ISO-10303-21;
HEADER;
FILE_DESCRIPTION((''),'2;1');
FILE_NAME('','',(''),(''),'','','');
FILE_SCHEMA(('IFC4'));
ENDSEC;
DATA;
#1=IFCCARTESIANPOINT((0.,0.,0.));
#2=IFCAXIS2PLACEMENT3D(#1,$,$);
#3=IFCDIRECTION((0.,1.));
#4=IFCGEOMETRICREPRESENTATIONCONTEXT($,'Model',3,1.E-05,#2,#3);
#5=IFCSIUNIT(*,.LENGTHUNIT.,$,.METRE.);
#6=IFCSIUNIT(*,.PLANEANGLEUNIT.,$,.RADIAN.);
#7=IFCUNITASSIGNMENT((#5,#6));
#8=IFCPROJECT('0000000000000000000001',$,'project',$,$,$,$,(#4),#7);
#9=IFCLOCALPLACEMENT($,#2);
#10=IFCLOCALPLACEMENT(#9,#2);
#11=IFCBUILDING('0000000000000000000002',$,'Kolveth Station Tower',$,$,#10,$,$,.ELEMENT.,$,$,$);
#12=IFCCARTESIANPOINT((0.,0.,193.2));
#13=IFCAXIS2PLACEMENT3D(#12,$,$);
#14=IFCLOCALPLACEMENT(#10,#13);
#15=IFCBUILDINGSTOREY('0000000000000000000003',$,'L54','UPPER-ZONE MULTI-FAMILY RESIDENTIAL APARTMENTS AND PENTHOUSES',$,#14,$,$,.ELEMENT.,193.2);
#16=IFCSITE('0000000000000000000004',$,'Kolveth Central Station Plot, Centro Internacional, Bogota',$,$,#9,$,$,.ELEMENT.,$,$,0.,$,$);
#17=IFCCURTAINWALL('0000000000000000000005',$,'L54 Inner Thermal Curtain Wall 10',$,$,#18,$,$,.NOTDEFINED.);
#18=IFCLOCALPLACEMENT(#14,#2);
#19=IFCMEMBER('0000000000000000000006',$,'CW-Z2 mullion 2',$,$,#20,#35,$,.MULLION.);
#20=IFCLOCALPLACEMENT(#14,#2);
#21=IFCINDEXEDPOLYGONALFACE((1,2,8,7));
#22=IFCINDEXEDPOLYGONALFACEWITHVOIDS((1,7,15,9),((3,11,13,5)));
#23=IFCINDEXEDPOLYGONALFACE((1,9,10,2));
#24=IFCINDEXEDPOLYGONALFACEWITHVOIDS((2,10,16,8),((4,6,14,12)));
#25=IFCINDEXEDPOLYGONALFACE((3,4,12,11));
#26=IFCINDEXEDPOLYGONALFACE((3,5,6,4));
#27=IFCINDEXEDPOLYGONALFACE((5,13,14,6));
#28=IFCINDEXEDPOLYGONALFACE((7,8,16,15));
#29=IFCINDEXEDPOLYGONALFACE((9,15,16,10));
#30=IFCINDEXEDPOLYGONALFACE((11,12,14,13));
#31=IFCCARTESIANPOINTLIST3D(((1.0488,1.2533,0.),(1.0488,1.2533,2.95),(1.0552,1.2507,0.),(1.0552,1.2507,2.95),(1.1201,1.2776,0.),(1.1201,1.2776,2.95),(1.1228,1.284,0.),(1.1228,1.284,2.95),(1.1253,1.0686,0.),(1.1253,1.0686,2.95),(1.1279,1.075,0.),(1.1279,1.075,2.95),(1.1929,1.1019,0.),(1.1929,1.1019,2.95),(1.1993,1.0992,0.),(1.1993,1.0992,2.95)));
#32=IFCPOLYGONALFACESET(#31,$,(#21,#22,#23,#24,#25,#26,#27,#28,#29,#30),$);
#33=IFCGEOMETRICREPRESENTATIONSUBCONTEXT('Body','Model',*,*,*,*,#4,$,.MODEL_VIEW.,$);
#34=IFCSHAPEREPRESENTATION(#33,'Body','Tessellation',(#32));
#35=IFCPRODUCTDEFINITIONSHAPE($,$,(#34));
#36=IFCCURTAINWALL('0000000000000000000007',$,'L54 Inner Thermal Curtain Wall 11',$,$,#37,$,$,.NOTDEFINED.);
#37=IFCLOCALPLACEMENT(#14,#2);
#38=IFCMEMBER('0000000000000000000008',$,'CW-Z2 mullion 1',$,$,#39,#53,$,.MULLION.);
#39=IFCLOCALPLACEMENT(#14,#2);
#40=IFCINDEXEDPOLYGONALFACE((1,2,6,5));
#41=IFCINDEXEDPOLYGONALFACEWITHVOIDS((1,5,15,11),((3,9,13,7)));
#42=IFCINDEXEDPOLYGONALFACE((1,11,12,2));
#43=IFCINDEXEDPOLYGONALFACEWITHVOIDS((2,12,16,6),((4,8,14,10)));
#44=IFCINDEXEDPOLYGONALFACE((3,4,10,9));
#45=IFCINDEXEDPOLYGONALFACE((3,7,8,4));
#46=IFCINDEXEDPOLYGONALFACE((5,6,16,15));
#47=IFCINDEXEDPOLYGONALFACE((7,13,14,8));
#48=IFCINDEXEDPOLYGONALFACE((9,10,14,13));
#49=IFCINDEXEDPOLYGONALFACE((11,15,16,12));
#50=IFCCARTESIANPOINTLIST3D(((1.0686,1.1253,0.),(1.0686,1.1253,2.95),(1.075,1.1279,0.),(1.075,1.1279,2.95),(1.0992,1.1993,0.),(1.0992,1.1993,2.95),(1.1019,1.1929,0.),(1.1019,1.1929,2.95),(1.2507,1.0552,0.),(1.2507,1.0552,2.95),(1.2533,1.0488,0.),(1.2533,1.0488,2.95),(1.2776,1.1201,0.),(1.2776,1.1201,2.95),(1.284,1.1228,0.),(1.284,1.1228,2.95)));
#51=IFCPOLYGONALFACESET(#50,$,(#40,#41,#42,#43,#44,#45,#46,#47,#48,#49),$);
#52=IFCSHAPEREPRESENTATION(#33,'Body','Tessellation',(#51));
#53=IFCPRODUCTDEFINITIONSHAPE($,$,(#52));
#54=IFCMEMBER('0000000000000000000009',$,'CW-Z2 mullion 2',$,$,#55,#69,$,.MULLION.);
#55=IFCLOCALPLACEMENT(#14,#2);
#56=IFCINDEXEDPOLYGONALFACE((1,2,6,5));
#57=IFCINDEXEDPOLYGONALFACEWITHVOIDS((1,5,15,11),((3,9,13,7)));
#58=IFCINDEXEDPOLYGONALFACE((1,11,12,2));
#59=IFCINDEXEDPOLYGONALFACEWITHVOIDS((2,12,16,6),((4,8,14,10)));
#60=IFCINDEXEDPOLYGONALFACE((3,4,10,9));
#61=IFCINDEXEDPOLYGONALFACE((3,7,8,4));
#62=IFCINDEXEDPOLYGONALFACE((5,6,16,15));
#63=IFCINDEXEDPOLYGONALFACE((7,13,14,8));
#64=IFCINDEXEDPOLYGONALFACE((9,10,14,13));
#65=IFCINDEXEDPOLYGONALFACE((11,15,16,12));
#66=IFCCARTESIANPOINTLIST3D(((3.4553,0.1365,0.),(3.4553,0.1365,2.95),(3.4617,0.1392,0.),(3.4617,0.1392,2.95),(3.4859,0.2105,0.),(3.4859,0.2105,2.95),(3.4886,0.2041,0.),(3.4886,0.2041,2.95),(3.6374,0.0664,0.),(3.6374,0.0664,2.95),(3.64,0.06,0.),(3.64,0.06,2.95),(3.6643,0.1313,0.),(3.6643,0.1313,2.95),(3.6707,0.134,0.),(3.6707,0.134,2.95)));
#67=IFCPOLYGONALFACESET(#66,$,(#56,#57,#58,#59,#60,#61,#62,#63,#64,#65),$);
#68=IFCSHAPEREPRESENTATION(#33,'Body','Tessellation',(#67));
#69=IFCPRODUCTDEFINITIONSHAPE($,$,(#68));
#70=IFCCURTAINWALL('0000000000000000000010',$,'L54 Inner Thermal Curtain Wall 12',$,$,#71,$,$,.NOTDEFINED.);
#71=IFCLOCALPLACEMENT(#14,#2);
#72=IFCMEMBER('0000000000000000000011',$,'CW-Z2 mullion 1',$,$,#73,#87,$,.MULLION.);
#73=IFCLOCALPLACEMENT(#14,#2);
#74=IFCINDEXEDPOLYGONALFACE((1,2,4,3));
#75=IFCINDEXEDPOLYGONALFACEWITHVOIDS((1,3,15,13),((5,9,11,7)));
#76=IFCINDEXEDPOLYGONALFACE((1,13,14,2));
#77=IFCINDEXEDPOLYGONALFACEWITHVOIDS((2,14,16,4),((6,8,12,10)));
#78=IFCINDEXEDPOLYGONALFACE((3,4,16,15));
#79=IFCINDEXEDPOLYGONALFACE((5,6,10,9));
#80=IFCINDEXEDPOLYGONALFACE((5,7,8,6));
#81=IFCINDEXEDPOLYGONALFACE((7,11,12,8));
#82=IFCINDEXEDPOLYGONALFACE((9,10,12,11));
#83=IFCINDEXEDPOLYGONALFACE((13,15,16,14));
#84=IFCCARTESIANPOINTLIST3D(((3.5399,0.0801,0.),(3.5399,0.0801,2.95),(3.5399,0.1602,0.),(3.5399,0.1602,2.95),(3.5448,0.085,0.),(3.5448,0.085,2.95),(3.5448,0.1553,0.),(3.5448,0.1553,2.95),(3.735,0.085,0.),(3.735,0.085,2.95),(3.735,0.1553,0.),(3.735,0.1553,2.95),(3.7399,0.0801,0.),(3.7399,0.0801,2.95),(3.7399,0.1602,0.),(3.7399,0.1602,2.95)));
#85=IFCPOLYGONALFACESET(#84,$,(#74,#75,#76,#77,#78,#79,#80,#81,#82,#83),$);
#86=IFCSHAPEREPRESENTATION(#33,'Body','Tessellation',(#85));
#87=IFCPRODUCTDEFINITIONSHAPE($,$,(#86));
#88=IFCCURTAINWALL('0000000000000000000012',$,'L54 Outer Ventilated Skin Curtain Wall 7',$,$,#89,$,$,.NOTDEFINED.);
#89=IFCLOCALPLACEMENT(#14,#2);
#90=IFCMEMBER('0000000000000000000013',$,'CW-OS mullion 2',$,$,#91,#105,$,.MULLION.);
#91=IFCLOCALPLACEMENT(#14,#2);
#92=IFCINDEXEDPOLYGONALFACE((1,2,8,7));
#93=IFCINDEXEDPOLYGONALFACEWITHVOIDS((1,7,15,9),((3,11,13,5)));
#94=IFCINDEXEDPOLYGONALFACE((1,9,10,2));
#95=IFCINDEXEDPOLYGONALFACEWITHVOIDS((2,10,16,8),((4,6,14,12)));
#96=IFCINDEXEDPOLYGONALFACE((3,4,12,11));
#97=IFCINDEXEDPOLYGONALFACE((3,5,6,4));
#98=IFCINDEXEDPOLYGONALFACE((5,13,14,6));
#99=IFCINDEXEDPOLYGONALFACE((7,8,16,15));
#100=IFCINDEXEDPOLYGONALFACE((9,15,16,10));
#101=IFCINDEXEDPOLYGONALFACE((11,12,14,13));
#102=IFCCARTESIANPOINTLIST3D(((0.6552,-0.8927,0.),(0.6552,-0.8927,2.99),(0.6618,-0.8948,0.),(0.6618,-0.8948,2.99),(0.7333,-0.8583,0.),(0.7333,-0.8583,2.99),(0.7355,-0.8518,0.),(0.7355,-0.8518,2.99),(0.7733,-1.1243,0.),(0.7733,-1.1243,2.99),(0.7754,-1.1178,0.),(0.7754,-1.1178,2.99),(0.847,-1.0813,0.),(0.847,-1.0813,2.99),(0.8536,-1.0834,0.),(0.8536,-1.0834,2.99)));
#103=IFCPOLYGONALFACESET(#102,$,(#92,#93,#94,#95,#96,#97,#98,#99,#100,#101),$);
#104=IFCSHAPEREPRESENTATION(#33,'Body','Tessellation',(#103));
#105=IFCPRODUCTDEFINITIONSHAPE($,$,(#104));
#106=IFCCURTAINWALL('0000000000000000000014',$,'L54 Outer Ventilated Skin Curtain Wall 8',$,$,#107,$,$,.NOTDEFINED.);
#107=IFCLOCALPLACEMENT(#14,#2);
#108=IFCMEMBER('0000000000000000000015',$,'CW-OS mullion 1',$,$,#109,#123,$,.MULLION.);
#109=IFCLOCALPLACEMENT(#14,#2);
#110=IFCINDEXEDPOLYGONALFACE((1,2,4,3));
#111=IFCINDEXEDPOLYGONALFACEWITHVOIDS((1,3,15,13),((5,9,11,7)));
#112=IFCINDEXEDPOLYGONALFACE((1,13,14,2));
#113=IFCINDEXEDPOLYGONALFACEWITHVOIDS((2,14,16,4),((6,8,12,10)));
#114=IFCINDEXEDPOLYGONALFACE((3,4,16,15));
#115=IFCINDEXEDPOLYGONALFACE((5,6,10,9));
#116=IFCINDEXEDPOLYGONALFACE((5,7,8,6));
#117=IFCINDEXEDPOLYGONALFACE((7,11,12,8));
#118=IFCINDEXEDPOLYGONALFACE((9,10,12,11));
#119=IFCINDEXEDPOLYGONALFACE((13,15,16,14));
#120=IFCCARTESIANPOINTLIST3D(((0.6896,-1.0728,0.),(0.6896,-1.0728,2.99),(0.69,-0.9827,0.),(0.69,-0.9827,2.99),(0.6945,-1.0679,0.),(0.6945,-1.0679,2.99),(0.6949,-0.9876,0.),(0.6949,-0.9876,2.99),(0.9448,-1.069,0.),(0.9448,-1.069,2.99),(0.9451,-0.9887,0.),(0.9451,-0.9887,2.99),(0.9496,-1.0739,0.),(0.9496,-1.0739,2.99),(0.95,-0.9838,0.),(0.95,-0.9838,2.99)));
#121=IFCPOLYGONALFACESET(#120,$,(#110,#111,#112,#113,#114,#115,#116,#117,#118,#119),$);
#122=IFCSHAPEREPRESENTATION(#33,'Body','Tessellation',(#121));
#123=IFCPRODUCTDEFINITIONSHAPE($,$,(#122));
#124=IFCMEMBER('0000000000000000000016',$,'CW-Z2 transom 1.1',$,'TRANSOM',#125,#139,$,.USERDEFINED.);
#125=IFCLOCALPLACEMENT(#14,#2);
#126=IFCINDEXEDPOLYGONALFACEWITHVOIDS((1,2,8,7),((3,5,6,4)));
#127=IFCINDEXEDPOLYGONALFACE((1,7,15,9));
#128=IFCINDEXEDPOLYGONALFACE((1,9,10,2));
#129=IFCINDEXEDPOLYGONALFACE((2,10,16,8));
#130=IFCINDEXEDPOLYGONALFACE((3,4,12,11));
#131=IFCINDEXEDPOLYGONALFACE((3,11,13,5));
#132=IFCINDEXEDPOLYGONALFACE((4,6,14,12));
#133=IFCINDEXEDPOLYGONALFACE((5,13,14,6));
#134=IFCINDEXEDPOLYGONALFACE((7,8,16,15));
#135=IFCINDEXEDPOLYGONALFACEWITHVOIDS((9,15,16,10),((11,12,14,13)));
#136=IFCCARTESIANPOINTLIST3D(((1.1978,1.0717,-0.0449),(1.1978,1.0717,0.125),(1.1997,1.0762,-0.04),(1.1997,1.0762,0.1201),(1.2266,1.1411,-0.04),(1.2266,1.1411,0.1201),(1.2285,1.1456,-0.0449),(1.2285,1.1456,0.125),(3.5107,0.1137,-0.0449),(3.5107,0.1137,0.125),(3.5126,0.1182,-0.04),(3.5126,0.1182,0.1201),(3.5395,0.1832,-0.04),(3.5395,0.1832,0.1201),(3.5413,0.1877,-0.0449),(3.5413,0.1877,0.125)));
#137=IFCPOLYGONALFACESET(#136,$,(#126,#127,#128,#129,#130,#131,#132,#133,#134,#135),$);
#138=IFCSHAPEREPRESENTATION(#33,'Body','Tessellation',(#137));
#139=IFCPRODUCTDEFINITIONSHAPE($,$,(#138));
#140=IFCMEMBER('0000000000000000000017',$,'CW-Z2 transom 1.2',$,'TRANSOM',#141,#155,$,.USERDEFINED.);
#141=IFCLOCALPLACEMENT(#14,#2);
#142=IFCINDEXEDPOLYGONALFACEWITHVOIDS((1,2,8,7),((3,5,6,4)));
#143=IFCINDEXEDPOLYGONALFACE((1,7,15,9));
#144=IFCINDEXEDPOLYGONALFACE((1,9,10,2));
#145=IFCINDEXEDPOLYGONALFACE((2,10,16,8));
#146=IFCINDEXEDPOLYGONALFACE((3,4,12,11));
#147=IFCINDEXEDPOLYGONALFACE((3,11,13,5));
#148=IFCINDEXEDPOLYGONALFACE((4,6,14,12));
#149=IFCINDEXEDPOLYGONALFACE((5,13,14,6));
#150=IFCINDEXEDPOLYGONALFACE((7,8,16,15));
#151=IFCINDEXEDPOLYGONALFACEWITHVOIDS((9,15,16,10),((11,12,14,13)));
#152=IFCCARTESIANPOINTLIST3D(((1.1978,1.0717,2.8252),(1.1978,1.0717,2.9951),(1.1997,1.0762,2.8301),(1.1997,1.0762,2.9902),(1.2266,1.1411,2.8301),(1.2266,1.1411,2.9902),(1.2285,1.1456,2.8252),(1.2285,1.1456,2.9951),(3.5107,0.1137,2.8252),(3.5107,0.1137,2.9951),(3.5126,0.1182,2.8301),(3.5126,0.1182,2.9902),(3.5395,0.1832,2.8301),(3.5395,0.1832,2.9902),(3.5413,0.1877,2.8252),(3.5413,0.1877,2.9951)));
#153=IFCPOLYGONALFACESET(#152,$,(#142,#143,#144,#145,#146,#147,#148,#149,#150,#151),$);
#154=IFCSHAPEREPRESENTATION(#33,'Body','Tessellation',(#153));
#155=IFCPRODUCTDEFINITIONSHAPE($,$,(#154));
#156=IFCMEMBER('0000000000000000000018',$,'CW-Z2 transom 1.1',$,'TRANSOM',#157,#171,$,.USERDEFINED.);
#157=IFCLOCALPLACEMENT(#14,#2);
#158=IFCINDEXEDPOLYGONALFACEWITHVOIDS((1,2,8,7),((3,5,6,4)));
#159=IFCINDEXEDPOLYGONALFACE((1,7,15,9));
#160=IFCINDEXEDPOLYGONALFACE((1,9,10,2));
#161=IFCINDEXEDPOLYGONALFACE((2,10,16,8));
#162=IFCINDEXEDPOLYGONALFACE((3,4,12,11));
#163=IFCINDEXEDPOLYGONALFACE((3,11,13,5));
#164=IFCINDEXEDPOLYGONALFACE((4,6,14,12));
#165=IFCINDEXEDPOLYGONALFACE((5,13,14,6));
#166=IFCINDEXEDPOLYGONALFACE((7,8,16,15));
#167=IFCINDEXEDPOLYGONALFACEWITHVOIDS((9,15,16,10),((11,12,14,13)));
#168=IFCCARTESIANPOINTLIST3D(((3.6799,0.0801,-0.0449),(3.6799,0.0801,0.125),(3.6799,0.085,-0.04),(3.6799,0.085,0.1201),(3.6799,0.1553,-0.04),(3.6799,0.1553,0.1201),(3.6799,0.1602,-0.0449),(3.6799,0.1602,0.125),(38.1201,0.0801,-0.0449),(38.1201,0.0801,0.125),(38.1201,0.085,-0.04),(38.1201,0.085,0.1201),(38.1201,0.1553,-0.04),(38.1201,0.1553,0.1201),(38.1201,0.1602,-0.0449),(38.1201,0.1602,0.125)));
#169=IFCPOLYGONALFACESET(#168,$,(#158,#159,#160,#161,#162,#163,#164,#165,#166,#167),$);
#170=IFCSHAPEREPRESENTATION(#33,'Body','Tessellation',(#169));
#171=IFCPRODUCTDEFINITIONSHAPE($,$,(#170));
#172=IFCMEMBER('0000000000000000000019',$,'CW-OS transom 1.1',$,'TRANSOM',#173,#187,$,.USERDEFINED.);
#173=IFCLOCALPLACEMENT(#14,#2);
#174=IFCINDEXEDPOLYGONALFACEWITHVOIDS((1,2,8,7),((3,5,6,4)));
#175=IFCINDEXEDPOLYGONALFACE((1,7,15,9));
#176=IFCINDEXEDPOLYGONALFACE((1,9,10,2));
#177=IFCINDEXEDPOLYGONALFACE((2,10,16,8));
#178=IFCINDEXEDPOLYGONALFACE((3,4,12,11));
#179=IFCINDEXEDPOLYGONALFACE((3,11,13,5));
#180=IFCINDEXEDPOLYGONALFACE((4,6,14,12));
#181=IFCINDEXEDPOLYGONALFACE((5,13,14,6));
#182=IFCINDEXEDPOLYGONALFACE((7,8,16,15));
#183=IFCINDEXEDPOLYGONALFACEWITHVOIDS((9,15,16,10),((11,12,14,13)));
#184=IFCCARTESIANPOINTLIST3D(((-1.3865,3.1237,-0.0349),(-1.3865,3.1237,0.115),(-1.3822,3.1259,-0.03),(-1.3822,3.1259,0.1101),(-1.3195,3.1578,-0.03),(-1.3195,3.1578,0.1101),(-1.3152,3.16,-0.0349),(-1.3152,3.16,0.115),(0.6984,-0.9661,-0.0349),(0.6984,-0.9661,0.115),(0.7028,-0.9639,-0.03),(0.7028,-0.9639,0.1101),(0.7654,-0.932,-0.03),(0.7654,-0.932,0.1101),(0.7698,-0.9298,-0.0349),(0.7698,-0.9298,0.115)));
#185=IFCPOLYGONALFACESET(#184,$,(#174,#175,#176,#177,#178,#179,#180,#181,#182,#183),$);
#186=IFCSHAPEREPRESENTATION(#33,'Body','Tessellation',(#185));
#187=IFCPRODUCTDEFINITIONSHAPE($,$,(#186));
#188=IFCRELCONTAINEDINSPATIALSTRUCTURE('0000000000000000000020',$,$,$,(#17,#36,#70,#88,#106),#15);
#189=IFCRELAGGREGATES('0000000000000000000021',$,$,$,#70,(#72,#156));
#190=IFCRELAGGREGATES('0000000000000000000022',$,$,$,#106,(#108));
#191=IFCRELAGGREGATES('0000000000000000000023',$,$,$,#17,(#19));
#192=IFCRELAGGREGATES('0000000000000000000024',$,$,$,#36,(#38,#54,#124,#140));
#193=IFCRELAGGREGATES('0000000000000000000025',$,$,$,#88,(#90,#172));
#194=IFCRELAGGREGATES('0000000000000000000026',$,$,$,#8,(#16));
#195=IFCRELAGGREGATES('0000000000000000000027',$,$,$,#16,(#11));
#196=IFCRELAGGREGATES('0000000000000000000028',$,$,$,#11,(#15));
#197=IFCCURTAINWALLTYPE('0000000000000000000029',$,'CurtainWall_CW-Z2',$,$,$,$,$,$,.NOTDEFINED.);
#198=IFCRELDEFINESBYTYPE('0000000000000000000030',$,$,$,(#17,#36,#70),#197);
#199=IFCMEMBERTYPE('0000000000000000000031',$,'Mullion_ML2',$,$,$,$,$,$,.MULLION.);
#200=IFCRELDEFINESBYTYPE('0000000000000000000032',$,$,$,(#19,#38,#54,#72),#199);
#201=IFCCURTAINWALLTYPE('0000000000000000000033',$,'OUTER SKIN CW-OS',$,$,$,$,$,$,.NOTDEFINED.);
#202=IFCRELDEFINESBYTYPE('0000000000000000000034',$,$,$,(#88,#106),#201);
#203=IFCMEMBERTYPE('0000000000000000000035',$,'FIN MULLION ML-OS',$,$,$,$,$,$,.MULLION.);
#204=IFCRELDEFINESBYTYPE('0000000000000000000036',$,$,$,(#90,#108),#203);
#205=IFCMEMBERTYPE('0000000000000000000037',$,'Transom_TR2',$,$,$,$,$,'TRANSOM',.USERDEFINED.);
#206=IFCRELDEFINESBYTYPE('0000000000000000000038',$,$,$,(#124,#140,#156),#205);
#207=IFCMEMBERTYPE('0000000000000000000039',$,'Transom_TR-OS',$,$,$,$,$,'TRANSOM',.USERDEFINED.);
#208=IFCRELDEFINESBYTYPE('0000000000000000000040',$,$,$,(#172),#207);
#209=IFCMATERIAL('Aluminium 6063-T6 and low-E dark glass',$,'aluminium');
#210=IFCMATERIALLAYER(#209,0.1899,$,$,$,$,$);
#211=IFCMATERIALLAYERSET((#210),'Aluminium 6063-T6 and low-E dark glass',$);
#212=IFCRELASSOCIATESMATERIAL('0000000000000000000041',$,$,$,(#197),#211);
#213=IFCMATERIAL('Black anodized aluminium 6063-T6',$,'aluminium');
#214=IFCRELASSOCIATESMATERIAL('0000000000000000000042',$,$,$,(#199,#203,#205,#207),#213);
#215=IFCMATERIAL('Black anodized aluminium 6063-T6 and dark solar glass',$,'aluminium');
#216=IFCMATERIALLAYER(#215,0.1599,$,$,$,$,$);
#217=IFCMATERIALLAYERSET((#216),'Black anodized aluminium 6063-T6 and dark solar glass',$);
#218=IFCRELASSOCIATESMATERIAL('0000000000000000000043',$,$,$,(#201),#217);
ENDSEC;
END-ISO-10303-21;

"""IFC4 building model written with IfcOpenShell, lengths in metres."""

from ifc_helpers import new_model, si_unit, direction, frame, origin, origin_2d, place, context, subcontext, project, spatial, hollow_rectangle, extrude, source, transform, mapped, material, layer, layer_set, material_profile, profile_set, type_object, element, aggregate, save


model = new_model("IFC4")

# Units and contexts
model_context = context("Model", 3, precision=1e-05, world=origin(), true_north=direction((0.0, 1.0)))
body_context = subcontext(model_context, "Body", "Model", "MODEL_VIEW")
ifc_project = project(units=[si_unit("LENGTHUNIT", "METRE"), si_unit("PLANEANGLEUNIT", "RADIAN")], contexts=[model_context])

# Site, building, storey
site_placement = place(None, origin())
site = spatial("IfcSite", under=ifc_project, at=site_placement, Name="Kolveth Central Station Plot, Centro Internacional, Bogota", CompositionType="ELEMENT", RefElevation=0.0)
building_placement = place(site_placement, origin())
building = spatial("IfcBuilding", under=site, at=building_placement, Name="Kolveth Station Tower", CompositionType="ELEMENT")
storey_placement = place(building_placement, frame((0.0, 0.0, 193.2)))
storey = spatial("IfcBuildingStorey", under=building, at=storey_placement, Name="L54", Description="UPPER-ZONE MULTI-FAMILY RESIDENTIAL APARTMENTS AND PENTHOUSES", CompositionType="ELEMENT", Elevation=193.2)

# Curtain wall, member
ifc_material_1 = material(Name="Aluminium 6063-T6 and low-E dark glass", Category="aluminium")
ifc_layer_1 = layer(ifc_material_1, 0.1899)
ifc_layer_set_1 = layer_set([ifc_layer_1], Name="Aluminium 6063-T6 and low-E dark glass")
curtain_wall_type_1 = type_object("IfcCurtainWallType", Name="CurtainWall_CW-Z2", PredefinedType="NOTDEFINED", material=ifc_layer_set_1)
curtain_wall_1_placement = place(storey_placement, origin())
curtain_wall_1 = element("IfcCurtainWall", 1, at=curtain_wall_1_placement, inside=storey, type_object=curtain_wall_type_1, Name="L54 Inner Thermal Curtain Wall 10", PredefinedType="NOTDEFINED")
ifc_material_2 = material(Name="Black anodized aluminium 6063-T6", Category="aluminium")
ifc_material_profile_1 = material_profile(ifc_material_2, hollow_rectangle(XDim=0.0801, YDim=0.2, WallThickness=0.0049, at=origin_2d()), Name="ALU-80x200x5")
ifc_profile_set_1 = profile_set([ifc_material_profile_1], Name="Black anodized aluminium 6063-T6")
member_type_1 = type_object("IfcMemberType", Name="Mullion_ML2", PredefinedType="MULLION", material=ifc_profile_set_1)
shared_shape_1 = source(origin(), body_context, "Body", "SweptSolid", [
    extrude(hollow_rectangle(XDim=0.0801, YDim=0.2, WallThickness=0.0049, at=origin_2d()), origin(), (0.0, 0.0, 1.0), 2.95),
])
member_1_placement = place(storey_placement, frame((1.124, 1.1763, 0.0), z_axis=(0.0, 0.0, 1.0), x_axis=(0.923874, 0.382698, 0.0)))
member_1 = element("IfcMember", 2, at=member_1_placement, type_object=member_type_1, Name="CW-Z2 mullion 2", PredefinedType="MULLION", context=body_context, shape_type="MappedRepresentation", body=[
    mapped(shared_shape_1, transform((0.0, 0.0, 0.0), x_axis=(1.0, 0.0, 0.0), y_axis=(0.0, 1.0, 0.0), z_axis=(0.0, 0.0, 1.0), scale=1.0)),
])

# Curtain wall, members
curtain_wall_2_placement = place(storey_placement, origin())
curtain_wall_2 = element("IfcCurtainWall", 3, at=curtain_wall_2_placement, inside=storey, type_object=curtain_wall_type_1, Name="L54 Inner Thermal Curtain Wall 11", PredefinedType="NOTDEFINED")
member_2_placement = place(storey_placement, frame((1.1763, 1.124, 0.0), z_axis=(0.0, 0.0, 1.0), x_axis=(0.382698, 0.923874, 0.0)))
member_2 = element("IfcMember", 4, at=member_2_placement, type_object=member_type_1, Name="CW-Z2 mullion 1", PredefinedType="MULLION", context=body_context, shape_type="MappedRepresentation", body=[
    mapped(shared_shape_1, transform((0.0, 0.0, 0.0), x_axis=(1.0, 0.0, 0.0), y_axis=(0.0, 1.0, 0.0), z_axis=(0.0, 0.0, 1.0), scale=1.0)),
])
member_3_placement = place(storey_placement, frame((3.563, 0.1353, 0.0), z_axis=(0.0, 0.0, 1.0), x_axis=(0.382698, 0.923874, 0.0)))
member_3 = element("IfcMember", 5, at=member_3_placement, type_object=member_type_1, Name="CW-Z2 mullion 2", PredefinedType="MULLION", context=body_context, shape_type="MappedRepresentation", body=[
    mapped(shared_shape_1, transform((0.0, 0.0, 0.0), x_axis=(1.0, 0.0, 0.0), y_axis=(0.0, 1.0, 0.0), z_axis=(0.0, 0.0, 1.0), scale=1.0)),
])

# Curtain walls, members
curtain_wall_3_placement = place(storey_placement, origin())
curtain_wall_3 = element("IfcCurtainWall", 6, at=curtain_wall_3_placement, inside=storey, type_object=curtain_wall_type_1, Name="L54 Inner Thermal Curtain Wall 12", PredefinedType="NOTDEFINED")
member_4_placement = place(storey_placement, frame((3.6399, 0.1201, 0.0), z_axis=(0.0, 0.0, 1.0), x_axis=(0.0, 1.0, 0.0)))
member_4 = element("IfcMember", 7, at=member_4_placement, type_object=member_type_1, Name="CW-Z2 mullion 1", PredefinedType="MULLION", context=body_context, shape_type="MappedRepresentation", body=[
    mapped(shared_shape_1, transform((0.0, 0.0, 0.0), x_axis=(1.0, 0.0, 0.0), y_axis=(0.0, 1.0, 0.0), z_axis=(0.0, 0.0, 1.0), scale=1.0)),
])
ifc_material_3 = material(Name="Black anodized aluminium 6063-T6 and dark solar glass", Category="aluminium")
ifc_layer_2 = layer(ifc_material_3, 0.1599)
ifc_layer_set_2 = layer_set([ifc_layer_2], Name="Black anodized aluminium 6063-T6 and dark solar glass")
curtain_wall_type_2 = type_object("IfcCurtainWallType", Name="OUTER SKIN CW-OS", PredefinedType="NOTDEFINED", material=ifc_layer_set_2)
curtain_wall_4_placement = place(storey_placement, origin())
curtain_wall_4 = element("IfcCurtainWall", 8, at=curtain_wall_4_placement, inside=storey, type_object=curtain_wall_type_2, Name="L54 Outer Ventilated Skin Curtain Wall 7", PredefinedType="NOTDEFINED")
ifc_material_profile_2 = material_profile(ifc_material_2, hollow_rectangle(XDim=0.0901, YDim=0.26, WallThickness=0.0049, at=origin_2d()), Name="ALU-90x260x5")
ifc_profile_set_2 = profile_set([ifc_material_profile_2], Name="Black anodized aluminium 6063-T6")
member_type_2 = type_object("IfcMemberType", Name="FIN MULLION ML-OS", PredefinedType="MULLION", material=ifc_profile_set_2)
shared_shape_2 = source(origin(), body_context, "Body", "SweptSolid", [
    extrude(hollow_rectangle(XDim=0.0901, YDim=0.26, WallThickness=0.0049, at=origin_2d()), origin(), (0.0, 0.0, 1.0), 2.99),
])
member_5_placement = place(storey_placement, frame((0.7544, -0.988, 0.0), z_axis=(0.0, 0.0, 1.0), x_axis=(0.89092, 0.454159, 0.0)))
member_5 = element("IfcMember", 9, at=member_5_placement, type_object=member_type_2, Name="CW-OS mullion 2", PredefinedType="MULLION", context=body_context, shape_type="MappedRepresentation", body=[
    mapped(shared_shape_2, transform((0.0, 0.0, 0.0), x_axis=(1.0, 0.0, 0.0), y_axis=(0.0, 1.0, 0.0), z_axis=(0.0, 0.0, 1.0), scale=1.0)),
])
curtain_wall_5_placement = place(storey_placement, origin())
curtain_wall_5 = element("IfcCurtainWall", 10, at=curtain_wall_5_placement, inside=storey, type_object=curtain_wall_type_2, Name="L54 Outer Ventilated Skin Curtain Wall 8", PredefinedType="NOTDEFINED")
member_6_placement = place(storey_placement, frame((0.8198, -1.0283, 0.0), z_axis=(0.0, 0.0, 1.0), x_axis=(0.004304, 0.999991, 0.0)))
member_6 = element("IfcMember", 11, at=member_6_placement, type_object=member_type_2, Name="CW-OS mullion 1", PredefinedType="MULLION", context=body_context, shape_type="MappedRepresentation", body=[
    mapped(shared_shape_2, transform((0.0, 0.0, 0.0), x_axis=(1.0, 0.0, 0.0), y_axis=(0.0, 1.0, 0.0), z_axis=(0.0, 0.0, 1.0), scale=1.0)),
])

# Members
ifc_material_profile_3 = material_profile(ifc_material_2, hollow_rectangle(XDim=0.0801, YDim=0.1699, WallThickness=0.0049, at=origin_2d()), Name="ALU-80x170x5")
ifc_profile_set_3 = profile_set([ifc_material_profile_3], Name="Black anodized aluminium 6063-T6")
member_type_3 = type_object("IfcMemberType", Name="Transom_TR2", ElementType="TRANSOM", PredefinedType="USERDEFINED", material=ifc_profile_set_3)
shared_shape_3 = source(origin(), body_context, "Body", "SweptSolid", [
    extrude(hollow_rectangle(XDim=0.0801, YDim=0.1699, WallThickness=0.0049, at=origin_2d()), origin(), (0.0, 0.0, 1.0), 2.5034),
])
member_7_placement = place(storey_placement, frame((1.2131, 1.1086, 0.04), z_axis=(0.923888, -0.382662, 0.0), x_axis=(0.382662, 0.923888, 0.0)))
member_7 = element("IfcMember", 12, at=member_7_placement, type_object=member_type_3, Name="CW-Z2 transom 1.1", ObjectType="TRANSOM", PredefinedType="USERDEFINED", context=body_context, shape_type="MappedRepresentation", body=[
    mapped(shared_shape_3, transform((0.0, 0.0, 0.0), x_axis=(1.0, 0.0, 0.0), y_axis=(0.0, 1.0, 0.0), z_axis=(0.0, 0.0, 1.0), scale=1.0)),
])
member_8_placement = place(storey_placement, frame((1.2131, 1.1086, 2.9102), z_axis=(0.923888, -0.382662, 0.0), x_axis=(0.382662, 0.923888, 0.0)))
member_8 = element("IfcMember", 13, at=member_8_placement, type_object=member_type_3, Name="CW-Z2 transom 1.2", ObjectType="TRANSOM", PredefinedType="USERDEFINED", context=body_context, shape_type="MappedRepresentation", body=[
    mapped(shared_shape_3, transform((0.0, 0.0, 0.0), x_axis=(1.0, 0.0, 0.0), y_axis=(0.0, 1.0, 0.0), z_axis=(0.0, 0.0, 1.0), scale=1.0)),
])
shared_shape_4 = source(origin(), body_context, "Body", "SweptSolid", [
    extrude(hollow_rectangle(XDim=0.0801, YDim=0.1699, WallThickness=0.0049, at=origin_2d()), origin(), (0.0, 0.0, 1.0), 34.4402),
])
member_9_placement = place(storey_placement, frame((3.6799, 0.1201, 0.04), z_axis=(1.0, 0.0, 0.0), x_axis=(0.0, 1.0, 0.0)))
member_9 = element("IfcMember", 14, at=member_9_placement, type_object=member_type_3, Name="CW-Z2 transom 1.1", ObjectType="TRANSOM", PredefinedType="USERDEFINED", context=body_context, shape_type="MappedRepresentation", body=[
    mapped(shared_shape_4, transform((0.0, 0.0, 0.0), x_axis=(1.0, 0.0, 0.0), y_axis=(0.0, 1.0, 0.0), z_axis=(0.0, 0.0, 1.0), scale=1.0)),
])
aggregate(curtain_wall_3, [member_4, member_9])
ifc_material_profile_4 = material_profile(ifc_material_2, hollow_rectangle(XDim=0.0801, YDim=0.1499, WallThickness=0.0049, at=origin_2d()), Name="ALU-80x150x5")
ifc_profile_set_4 = profile_set([ifc_material_profile_4], Name="Black anodized aluminium 6063-T6")
member_type_4 = type_object("IfcMemberType", Name="Transom_TR-OS", ElementType="TRANSOM", PredefinedType="USERDEFINED", material=ifc_profile_set_4)
shared_shape_5 = source(origin(), body_context, "Body", "SweptSolid", [
    extrude(hollow_rectangle(XDim=0.0801, YDim=0.1499, WallThickness=0.0049, at=origin_2d()), origin(), (0.0, 0.0, 1.0), 4.5906),
])
member_10_placement = place(storey_placement, frame((-1.3508, 3.1418, 0.04), z_axis=(0.454178, -0.890911, 0.0), x_axis=(0.890911, 0.454178, 0.0)))
member_10 = element("IfcMember", 15, at=member_10_placement, type_object=member_type_4, Name="CW-OS transom 1.1", ObjectType="TRANSOM", PredefinedType="USERDEFINED", context=body_context, shape_type="MappedRepresentation", body=[
    mapped(shared_shape_5, transform((0.0, 0.0, 0.0), x_axis=(1.0, 0.0, 0.0), y_axis=(0.0, 1.0, 0.0), z_axis=(0.0, 0.0, 1.0), scale=1.0)),
])
aggregate(curtain_wall_5, [member_6])

aggregate(curtain_wall_1, [member_1])
aggregate(curtain_wall_2, [member_2, member_3, member_7, member_8])
aggregate(curtain_wall_4, [member_5, member_10])

save(model, "model.ifc")
